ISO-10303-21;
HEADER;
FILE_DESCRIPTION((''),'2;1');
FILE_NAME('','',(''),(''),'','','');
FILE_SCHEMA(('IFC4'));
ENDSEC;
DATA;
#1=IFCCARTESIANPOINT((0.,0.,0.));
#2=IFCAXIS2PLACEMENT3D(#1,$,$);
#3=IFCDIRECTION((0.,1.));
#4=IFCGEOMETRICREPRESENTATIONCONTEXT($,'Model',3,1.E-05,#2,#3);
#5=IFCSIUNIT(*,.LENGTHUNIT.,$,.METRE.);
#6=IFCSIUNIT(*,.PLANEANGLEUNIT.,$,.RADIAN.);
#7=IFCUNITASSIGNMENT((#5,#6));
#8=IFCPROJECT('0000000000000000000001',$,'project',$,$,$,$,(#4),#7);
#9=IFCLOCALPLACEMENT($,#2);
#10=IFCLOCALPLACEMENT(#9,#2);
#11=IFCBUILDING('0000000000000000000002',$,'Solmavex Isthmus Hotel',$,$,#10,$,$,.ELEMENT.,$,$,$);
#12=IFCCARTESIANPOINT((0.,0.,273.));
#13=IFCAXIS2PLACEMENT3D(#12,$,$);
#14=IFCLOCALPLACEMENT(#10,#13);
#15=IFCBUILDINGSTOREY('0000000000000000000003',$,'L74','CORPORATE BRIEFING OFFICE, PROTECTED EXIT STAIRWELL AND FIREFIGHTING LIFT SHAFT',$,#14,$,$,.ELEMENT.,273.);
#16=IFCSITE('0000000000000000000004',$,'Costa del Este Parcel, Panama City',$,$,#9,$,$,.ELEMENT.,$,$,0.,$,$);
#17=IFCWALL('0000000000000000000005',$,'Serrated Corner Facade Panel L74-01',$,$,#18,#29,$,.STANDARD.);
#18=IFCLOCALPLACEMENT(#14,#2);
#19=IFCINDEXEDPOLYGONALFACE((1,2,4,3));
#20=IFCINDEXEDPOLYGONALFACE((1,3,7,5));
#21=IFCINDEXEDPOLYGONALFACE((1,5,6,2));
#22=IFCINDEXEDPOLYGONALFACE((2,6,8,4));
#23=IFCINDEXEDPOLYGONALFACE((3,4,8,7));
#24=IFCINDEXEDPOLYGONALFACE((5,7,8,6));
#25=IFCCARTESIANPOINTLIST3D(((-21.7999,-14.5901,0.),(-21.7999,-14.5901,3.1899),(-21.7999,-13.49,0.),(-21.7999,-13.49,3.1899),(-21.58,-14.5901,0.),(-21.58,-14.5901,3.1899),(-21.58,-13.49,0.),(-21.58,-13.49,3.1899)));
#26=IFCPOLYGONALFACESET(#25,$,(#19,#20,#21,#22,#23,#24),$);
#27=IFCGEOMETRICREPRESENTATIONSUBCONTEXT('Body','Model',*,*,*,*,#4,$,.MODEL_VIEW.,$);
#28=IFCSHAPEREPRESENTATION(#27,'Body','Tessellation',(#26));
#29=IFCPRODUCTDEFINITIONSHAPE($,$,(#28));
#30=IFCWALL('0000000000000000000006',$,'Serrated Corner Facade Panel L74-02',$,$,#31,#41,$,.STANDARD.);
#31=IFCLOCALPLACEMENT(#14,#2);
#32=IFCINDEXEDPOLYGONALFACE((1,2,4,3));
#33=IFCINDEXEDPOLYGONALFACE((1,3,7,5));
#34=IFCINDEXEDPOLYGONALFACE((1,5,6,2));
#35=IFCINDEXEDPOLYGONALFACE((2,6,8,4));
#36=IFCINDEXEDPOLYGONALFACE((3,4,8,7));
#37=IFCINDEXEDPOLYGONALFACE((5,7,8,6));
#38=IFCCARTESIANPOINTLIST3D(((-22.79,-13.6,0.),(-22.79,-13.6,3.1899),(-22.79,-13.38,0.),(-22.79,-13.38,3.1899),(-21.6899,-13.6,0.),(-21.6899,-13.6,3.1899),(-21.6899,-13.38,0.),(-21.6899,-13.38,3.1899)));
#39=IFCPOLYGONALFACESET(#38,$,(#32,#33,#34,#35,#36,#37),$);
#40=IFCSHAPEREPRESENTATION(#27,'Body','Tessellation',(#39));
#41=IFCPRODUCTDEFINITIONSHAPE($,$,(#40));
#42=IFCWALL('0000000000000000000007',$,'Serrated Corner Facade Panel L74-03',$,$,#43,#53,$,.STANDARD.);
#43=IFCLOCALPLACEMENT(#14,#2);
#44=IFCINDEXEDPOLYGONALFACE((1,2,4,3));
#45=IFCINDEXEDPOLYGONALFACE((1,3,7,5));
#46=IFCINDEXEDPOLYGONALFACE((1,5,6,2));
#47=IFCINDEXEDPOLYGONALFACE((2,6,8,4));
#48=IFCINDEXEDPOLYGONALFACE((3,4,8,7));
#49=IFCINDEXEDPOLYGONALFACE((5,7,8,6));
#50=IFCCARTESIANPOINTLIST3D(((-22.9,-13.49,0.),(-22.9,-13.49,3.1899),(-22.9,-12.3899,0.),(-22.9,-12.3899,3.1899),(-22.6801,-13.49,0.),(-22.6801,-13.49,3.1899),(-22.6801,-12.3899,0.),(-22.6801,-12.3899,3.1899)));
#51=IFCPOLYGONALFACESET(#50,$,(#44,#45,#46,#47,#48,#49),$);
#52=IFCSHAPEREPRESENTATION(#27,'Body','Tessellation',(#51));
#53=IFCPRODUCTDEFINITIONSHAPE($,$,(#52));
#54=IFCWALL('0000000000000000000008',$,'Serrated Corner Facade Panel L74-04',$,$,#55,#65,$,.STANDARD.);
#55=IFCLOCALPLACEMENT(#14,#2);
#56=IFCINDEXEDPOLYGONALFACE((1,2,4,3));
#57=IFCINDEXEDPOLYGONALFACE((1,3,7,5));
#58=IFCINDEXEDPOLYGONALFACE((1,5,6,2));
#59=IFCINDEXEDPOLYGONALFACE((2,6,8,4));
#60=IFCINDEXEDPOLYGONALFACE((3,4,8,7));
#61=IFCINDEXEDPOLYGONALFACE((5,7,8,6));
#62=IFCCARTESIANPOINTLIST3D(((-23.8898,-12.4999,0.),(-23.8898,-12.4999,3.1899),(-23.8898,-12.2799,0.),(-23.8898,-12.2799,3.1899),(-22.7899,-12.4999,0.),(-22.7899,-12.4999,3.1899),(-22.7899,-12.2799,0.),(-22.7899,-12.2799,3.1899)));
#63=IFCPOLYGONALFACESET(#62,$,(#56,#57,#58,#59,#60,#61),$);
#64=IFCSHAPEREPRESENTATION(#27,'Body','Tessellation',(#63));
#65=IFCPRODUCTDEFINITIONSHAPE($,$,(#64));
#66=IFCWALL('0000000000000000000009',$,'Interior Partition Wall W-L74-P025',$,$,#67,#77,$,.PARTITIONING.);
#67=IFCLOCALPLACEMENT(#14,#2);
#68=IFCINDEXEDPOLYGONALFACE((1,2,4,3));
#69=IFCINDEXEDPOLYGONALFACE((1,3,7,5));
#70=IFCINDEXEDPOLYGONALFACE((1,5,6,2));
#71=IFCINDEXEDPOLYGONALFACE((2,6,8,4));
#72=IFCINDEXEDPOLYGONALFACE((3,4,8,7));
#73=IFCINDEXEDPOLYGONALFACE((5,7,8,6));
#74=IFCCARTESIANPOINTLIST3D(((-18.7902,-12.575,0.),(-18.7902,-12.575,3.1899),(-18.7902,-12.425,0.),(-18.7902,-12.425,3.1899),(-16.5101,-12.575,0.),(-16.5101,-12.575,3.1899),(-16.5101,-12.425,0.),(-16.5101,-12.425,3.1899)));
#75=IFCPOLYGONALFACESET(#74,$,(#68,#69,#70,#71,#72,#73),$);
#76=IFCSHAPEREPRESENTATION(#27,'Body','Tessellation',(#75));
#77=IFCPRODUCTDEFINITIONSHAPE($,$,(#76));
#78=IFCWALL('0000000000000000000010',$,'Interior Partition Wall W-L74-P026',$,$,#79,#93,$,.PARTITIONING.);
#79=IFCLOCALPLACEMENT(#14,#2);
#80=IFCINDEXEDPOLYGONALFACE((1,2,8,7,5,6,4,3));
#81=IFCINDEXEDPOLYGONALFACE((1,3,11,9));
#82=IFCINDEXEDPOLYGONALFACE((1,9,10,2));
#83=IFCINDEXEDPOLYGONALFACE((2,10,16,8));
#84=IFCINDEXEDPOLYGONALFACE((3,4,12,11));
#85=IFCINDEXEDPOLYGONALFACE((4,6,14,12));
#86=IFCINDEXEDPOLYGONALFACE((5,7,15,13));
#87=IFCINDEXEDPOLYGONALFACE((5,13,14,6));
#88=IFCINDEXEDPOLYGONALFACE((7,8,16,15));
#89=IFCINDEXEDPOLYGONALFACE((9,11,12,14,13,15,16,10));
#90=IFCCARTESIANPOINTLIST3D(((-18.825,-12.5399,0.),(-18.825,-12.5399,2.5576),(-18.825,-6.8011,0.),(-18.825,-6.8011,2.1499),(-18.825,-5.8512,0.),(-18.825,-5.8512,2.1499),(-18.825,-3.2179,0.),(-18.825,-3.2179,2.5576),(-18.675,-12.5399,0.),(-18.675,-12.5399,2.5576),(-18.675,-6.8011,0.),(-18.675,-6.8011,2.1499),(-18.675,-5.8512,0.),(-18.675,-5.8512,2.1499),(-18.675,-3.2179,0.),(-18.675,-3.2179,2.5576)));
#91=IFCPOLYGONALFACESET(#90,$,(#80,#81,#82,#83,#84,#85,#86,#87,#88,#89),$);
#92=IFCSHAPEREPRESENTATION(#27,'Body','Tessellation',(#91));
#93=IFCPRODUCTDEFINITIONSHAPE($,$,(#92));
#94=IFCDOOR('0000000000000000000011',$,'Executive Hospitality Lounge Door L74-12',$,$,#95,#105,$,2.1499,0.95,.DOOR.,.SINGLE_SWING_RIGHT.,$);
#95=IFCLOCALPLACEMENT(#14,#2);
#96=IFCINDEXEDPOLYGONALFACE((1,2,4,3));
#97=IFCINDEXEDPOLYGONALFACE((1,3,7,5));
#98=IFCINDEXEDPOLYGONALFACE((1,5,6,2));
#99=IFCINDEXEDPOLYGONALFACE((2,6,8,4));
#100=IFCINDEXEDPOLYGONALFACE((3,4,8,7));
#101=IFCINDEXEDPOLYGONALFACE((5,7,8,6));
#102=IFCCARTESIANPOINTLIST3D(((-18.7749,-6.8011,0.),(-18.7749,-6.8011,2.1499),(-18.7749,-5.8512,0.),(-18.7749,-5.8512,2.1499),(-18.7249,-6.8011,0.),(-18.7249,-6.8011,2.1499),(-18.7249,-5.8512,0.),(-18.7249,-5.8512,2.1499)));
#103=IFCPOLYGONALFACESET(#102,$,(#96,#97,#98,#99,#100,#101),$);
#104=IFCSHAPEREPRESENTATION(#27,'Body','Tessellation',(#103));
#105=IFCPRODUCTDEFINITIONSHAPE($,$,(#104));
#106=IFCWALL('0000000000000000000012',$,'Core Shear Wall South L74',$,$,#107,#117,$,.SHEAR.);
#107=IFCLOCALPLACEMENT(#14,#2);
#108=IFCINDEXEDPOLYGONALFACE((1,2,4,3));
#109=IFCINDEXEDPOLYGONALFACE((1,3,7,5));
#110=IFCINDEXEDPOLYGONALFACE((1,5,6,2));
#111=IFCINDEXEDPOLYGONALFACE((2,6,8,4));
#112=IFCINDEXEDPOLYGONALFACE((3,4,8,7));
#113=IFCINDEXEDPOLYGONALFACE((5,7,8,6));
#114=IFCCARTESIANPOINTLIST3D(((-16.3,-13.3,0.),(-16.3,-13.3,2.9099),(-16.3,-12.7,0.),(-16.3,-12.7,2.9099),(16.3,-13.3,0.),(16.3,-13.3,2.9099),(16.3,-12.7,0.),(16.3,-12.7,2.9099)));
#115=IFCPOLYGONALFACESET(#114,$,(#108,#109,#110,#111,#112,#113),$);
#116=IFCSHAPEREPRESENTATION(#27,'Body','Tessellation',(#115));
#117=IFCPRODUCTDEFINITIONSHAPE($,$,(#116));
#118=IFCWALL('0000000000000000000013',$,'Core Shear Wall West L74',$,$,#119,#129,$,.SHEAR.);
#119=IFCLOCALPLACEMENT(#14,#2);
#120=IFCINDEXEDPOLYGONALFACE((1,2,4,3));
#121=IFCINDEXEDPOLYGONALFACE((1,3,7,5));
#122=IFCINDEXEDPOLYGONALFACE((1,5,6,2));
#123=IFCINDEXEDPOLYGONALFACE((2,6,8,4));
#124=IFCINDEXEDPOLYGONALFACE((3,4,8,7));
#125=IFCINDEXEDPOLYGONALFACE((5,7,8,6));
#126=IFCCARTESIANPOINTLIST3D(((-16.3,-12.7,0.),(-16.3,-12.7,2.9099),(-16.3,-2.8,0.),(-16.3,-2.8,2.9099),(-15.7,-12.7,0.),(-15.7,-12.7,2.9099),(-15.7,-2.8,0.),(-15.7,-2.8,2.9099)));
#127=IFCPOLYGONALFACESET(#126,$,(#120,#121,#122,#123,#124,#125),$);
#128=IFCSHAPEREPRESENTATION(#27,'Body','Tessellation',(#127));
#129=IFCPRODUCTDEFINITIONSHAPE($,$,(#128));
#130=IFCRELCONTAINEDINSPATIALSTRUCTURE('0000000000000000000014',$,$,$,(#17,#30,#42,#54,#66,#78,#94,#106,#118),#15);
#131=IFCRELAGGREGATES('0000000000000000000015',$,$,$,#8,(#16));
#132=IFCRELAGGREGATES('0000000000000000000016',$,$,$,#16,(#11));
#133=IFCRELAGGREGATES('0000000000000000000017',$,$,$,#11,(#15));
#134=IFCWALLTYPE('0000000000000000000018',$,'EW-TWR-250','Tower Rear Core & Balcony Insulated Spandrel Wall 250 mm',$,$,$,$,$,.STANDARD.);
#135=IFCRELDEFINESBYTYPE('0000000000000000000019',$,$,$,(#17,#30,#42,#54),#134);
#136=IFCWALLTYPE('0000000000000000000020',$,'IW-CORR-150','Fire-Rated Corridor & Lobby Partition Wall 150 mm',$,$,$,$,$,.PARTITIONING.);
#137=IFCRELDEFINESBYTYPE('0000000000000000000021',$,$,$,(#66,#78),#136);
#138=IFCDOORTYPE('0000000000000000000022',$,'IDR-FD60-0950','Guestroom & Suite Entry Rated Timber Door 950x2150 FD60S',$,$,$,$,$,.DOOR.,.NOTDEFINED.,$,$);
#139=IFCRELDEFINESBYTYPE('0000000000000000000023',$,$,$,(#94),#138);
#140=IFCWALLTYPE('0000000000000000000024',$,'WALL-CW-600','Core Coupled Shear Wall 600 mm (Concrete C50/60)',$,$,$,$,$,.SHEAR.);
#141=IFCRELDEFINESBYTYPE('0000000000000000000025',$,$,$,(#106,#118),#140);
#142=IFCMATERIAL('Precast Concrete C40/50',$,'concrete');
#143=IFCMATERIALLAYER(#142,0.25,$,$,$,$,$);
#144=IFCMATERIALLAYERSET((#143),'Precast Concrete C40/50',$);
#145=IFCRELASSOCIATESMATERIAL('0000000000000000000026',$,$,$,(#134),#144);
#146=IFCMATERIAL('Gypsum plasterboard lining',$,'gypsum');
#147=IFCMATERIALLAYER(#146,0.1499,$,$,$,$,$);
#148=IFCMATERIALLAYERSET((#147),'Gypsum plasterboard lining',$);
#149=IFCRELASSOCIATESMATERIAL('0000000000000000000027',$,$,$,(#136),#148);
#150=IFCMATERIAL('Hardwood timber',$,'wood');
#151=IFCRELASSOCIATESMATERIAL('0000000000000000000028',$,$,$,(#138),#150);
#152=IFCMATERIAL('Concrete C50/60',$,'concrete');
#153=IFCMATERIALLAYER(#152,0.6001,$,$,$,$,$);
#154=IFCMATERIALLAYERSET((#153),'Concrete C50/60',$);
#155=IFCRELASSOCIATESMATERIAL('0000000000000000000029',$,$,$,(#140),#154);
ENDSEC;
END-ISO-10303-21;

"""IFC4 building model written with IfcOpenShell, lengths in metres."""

from ifc_helpers import new_model, si_unit, direction, frame, frame_2d, origin, place, context, subcontext, project, spatial, rectangle, extrude, material, layer, layer_set, type_object, element, fill, save


model = new_model("IFC4")

# Units and contexts
model_context = context("Model", 3, precision=1e-05, world=origin(), true_north=direction((0.0, 1.0)))
body_context = subcontext(model_context, "Body", "Model", "MODEL_VIEW")
ifc_project = project(units=[si_unit("LENGTHUNIT", "METRE"), si_unit("PLANEANGLEUNIT", "RADIAN")], contexts=[model_context])

# Site, building, storey
site_placement = place(None, origin())
site = spatial("IfcSite", under=ifc_project, at=site_placement, Name="Costa del Este Parcel, Panama City", CompositionType="ELEMENT", RefElevation=0.0)
building_placement = place(site_placement, origin())
building = spatial("IfcBuilding", under=site, at=building_placement, Name="Solmavex Isthmus Hotel", CompositionType="ELEMENT")
storey_placement = place(building_placement, frame((0.0, 0.0, 273.0)))
storey = spatial("IfcBuildingStorey", under=building, at=storey_placement, Name="L74", Description="CORPORATE BRIEFING OFFICE, PROTECTED EXIT STAIRWELL AND FIREFIGHTING LIFT SHAFT", CompositionType="ELEMENT", Elevation=273.0)

# Shared definitions
ifc_material_1 = material(Name="Concrete C50/60", Category="concrete")

# Shared definitions
ifc_material_2 = material(Name="Precast Concrete C40/50", Category="concrete")
ifc_layer_1 = layer(ifc_material_2, 0.25)
ifc_layer_set_1 = layer_set([ifc_layer_1], Name="Precast Concrete C40/50")
wall_type_1 = type_object("IfcWallType", Name="EW-TWR-250", Description="Tower Rear Core & Balcony Insulated Spandrel Wall 250 mm", PredefinedType="STANDARD", material=ifc_layer_set_1)

# Walls
for number, where, z_axis, x_axis, name in (
    (1, (-21.6899, -14.5901, 0.0), (0.0, 0.0, 1.0), (0.0, 1.0, 0.0), "Serrated Corner Facade Panel L74-01"),
    (2, (-21.6899, -13.49, 0.0), (0.0, 0.0, 1.0), (-1.0, 0.0, 0.0), "Serrated Corner Facade Panel L74-02"),
    (3, (-22.79, -13.49, 0.0), (0.0, 0.0, 1.0), (0.0, 1.0, 0.0), "Serrated Corner Facade Panel L74-03"),
):
    element("IfcWall", number, at=place(storey_placement, frame(where, z_axis=z_axis, x_axis=x_axis)), inside=storey, type_object=wall_type_1, Name=name, PredefinedType="STANDARD", context=body_context, shape_type="SweptSolid", body=[
        extrude(rectangle(XDim=1.1001, YDim=0.22, at=frame_2d((0.55, 0.0))), origin(), (0.0, 0.0, 1.0), 3.1899),
    ])
wall_1_placement = place(storey_placement, frame((-22.79, -12.3899, 0.0), z_axis=(0.0, 0.0, 1.0), x_axis=(-1.0, 0.0, 0.0)))
element("IfcWall", 4, at=wall_1_placement, inside=storey, type_object=wall_type_1, Name="Serrated Corner Facade Panel L74-04", PredefinedType="STANDARD", context=body_context, shape_type="SweptSolid", body=[
    extrude(rectangle(XDim=1.0999, YDim=0.22, at=frame_2d((0.5498, 0.0))), origin(), (0.0, 0.0, 1.0), 3.1899),
])
ifc_material_3 = material(Name="Gypsum plasterboard lining", Category="gypsum")
ifc_layer_2 = layer(ifc_material_3, 0.1499)
ifc_layer_set_2 = layer_set([ifc_layer_2], Name="Gypsum plasterboard lining")
wall_type_2 = type_object("IfcWallType", Name="IW-CORR-150", Description="Fire-Rated Corridor & Lobby Partition Wall 150 mm", PredefinedType="PARTITIONING", material=ifc_layer_set_2)
wall_2_placement = place(storey_placement, frame((-16.51, -12.5, 0.0), z_axis=(0.0, 0.0, 1.0), x_axis=(-1.0, 0.0, 0.0)))
element("IfcWall", 5, at=wall_2_placement, inside=storey, type_object=wall_type_2, Name="Interior Partition Wall W-L74-P025", PredefinedType="PARTITIONING", context=body_context, shape_type="SweptSolid", body=[
    extrude(rectangle(XDim=2.28, YDim=0.1499, at=frame_2d((1.1401, 0.0))), origin(), (0.0, 0.0, 1.0), 3.1899),
])

# Wall, opening, door
wall_3_placement = place(storey_placement, frame((-18.75, -12.54, 0.0), z_axis=(0.0, 0.0, 1.0), x_axis=(0.0, 1.0, 0.0)))
wall_3 = element("IfcWall", 6, at=wall_3_placement, inside=storey, type_object=wall_type_2, Name="Interior Partition Wall W-L74-P026", PredefinedType="PARTITIONING", context=body_context, shape_type="SweptSolid", body=[
    extrude(rectangle(XDim=9.322, YDim=0.1499, at=frame_2d((4.6611, 0.0))), origin(), (0.0, 0.0, 1.0), 2.5576),
])
opening_1_placement = place(wall_3_placement, frame((5.7388, 0.0, 0.0)))
opening_1 = element("IfcOpeningElement", 7, at=opening_1_placement, cuts=wall_3, PredefinedType="OPENING", context=body_context, shape_type="SweptSolid", body=[
    extrude(rectangle(XDim=0.95, YDim=2.1499, at=frame_2d((0.4751, 1.075))), frame((0.0, 0.085, 0.0), z_axis=(0.0, -1.0, 0.0), x_axis=(1.0, 0.0, 0.0)), (0.0, 0.0, 1.0), 0.1699),
])
ifc_material_4 = material(Name="Hardwood timber", Category="wood")
door_type = type_object("IfcDoorType", Name="IDR-FD60-0950", Description="Guestroom & Suite Entry Rated Timber Door 950x2150 FD60S", OperationType="NOTDEFINED", PredefinedType="DOOR", material=ifc_material_4)
door_placement = place(opening_1_placement, origin())
door = element("IfcDoor", 8, at=door_placement, inside=storey, type_object=door_type, Name="Executive Hospitality Lounge Door L74-12", OperationType="SINGLE_SWING_RIGHT", OverallHeight=2.1499, OverallWidth=0.95, PredefinedType="DOOR", context=body_context, shape_type="SweptSolid", body=[
    extrude(rectangle(XDim=0.95, YDim=2.1499, at=frame_2d((0.4751, 1.075))), frame((0.0, 0.0249, 0.0), z_axis=(0.0, -1.0, 0.0), x_axis=(1.0, 0.0, 0.0)), (0.0, 0.0, 1.0), 0.05),
])
fill(opening_1, door)

# Walls
ifc_layer_3 = layer(ifc_material_1, 0.6001)
ifc_layer_set_3 = layer_set([ifc_layer_3], Name="Concrete C50/60")
wall_type_3 = type_object("IfcWallType", Name="WALL-CW-600", Description="Core Coupled Shear Wall 600 mm (Concrete C50/60)", PredefinedType="SHEAR", material=ifc_layer_set_3)
wall_4_placement = place(storey_placement, frame((-16.3, -13.0, 0.0), z_axis=(0.0, 0.0, 1.0), x_axis=(1.0, 0.0, 0.0)))
element("IfcWall", 9, at=wall_4_placement, inside=storey, type_object=wall_type_3, Name="Core Shear Wall South L74", PredefinedType="SHEAR", context=body_context, shape_type="SweptSolid", body=[
    extrude(rectangle(XDim=32.6001, YDim=0.6001, at=frame_2d((16.3, 0.0))), origin(), (0.0, 0.0, 1.0), 2.9099),
])
wall_5_placement = place(storey_placement, frame((-16.0, -12.7, 0.0), z_axis=(0.0, 0.0, 1.0), x_axis=(0.0, 1.0, 0.0)))
element("IfcWall", 10, at=wall_5_placement, inside=storey, type_object=wall_type_3, Name="Core Shear Wall West L74", PredefinedType="SHEAR", context=body_context, shape_type="SweptSolid", body=[
    extrude(rectangle(XDim=9.8999, YDim=0.6001, at=frame_2d((4.95, 0.0))), origin(), (0.0, 0.0, 1.0), 2.9099),
])

save(model, "model.ifc")
